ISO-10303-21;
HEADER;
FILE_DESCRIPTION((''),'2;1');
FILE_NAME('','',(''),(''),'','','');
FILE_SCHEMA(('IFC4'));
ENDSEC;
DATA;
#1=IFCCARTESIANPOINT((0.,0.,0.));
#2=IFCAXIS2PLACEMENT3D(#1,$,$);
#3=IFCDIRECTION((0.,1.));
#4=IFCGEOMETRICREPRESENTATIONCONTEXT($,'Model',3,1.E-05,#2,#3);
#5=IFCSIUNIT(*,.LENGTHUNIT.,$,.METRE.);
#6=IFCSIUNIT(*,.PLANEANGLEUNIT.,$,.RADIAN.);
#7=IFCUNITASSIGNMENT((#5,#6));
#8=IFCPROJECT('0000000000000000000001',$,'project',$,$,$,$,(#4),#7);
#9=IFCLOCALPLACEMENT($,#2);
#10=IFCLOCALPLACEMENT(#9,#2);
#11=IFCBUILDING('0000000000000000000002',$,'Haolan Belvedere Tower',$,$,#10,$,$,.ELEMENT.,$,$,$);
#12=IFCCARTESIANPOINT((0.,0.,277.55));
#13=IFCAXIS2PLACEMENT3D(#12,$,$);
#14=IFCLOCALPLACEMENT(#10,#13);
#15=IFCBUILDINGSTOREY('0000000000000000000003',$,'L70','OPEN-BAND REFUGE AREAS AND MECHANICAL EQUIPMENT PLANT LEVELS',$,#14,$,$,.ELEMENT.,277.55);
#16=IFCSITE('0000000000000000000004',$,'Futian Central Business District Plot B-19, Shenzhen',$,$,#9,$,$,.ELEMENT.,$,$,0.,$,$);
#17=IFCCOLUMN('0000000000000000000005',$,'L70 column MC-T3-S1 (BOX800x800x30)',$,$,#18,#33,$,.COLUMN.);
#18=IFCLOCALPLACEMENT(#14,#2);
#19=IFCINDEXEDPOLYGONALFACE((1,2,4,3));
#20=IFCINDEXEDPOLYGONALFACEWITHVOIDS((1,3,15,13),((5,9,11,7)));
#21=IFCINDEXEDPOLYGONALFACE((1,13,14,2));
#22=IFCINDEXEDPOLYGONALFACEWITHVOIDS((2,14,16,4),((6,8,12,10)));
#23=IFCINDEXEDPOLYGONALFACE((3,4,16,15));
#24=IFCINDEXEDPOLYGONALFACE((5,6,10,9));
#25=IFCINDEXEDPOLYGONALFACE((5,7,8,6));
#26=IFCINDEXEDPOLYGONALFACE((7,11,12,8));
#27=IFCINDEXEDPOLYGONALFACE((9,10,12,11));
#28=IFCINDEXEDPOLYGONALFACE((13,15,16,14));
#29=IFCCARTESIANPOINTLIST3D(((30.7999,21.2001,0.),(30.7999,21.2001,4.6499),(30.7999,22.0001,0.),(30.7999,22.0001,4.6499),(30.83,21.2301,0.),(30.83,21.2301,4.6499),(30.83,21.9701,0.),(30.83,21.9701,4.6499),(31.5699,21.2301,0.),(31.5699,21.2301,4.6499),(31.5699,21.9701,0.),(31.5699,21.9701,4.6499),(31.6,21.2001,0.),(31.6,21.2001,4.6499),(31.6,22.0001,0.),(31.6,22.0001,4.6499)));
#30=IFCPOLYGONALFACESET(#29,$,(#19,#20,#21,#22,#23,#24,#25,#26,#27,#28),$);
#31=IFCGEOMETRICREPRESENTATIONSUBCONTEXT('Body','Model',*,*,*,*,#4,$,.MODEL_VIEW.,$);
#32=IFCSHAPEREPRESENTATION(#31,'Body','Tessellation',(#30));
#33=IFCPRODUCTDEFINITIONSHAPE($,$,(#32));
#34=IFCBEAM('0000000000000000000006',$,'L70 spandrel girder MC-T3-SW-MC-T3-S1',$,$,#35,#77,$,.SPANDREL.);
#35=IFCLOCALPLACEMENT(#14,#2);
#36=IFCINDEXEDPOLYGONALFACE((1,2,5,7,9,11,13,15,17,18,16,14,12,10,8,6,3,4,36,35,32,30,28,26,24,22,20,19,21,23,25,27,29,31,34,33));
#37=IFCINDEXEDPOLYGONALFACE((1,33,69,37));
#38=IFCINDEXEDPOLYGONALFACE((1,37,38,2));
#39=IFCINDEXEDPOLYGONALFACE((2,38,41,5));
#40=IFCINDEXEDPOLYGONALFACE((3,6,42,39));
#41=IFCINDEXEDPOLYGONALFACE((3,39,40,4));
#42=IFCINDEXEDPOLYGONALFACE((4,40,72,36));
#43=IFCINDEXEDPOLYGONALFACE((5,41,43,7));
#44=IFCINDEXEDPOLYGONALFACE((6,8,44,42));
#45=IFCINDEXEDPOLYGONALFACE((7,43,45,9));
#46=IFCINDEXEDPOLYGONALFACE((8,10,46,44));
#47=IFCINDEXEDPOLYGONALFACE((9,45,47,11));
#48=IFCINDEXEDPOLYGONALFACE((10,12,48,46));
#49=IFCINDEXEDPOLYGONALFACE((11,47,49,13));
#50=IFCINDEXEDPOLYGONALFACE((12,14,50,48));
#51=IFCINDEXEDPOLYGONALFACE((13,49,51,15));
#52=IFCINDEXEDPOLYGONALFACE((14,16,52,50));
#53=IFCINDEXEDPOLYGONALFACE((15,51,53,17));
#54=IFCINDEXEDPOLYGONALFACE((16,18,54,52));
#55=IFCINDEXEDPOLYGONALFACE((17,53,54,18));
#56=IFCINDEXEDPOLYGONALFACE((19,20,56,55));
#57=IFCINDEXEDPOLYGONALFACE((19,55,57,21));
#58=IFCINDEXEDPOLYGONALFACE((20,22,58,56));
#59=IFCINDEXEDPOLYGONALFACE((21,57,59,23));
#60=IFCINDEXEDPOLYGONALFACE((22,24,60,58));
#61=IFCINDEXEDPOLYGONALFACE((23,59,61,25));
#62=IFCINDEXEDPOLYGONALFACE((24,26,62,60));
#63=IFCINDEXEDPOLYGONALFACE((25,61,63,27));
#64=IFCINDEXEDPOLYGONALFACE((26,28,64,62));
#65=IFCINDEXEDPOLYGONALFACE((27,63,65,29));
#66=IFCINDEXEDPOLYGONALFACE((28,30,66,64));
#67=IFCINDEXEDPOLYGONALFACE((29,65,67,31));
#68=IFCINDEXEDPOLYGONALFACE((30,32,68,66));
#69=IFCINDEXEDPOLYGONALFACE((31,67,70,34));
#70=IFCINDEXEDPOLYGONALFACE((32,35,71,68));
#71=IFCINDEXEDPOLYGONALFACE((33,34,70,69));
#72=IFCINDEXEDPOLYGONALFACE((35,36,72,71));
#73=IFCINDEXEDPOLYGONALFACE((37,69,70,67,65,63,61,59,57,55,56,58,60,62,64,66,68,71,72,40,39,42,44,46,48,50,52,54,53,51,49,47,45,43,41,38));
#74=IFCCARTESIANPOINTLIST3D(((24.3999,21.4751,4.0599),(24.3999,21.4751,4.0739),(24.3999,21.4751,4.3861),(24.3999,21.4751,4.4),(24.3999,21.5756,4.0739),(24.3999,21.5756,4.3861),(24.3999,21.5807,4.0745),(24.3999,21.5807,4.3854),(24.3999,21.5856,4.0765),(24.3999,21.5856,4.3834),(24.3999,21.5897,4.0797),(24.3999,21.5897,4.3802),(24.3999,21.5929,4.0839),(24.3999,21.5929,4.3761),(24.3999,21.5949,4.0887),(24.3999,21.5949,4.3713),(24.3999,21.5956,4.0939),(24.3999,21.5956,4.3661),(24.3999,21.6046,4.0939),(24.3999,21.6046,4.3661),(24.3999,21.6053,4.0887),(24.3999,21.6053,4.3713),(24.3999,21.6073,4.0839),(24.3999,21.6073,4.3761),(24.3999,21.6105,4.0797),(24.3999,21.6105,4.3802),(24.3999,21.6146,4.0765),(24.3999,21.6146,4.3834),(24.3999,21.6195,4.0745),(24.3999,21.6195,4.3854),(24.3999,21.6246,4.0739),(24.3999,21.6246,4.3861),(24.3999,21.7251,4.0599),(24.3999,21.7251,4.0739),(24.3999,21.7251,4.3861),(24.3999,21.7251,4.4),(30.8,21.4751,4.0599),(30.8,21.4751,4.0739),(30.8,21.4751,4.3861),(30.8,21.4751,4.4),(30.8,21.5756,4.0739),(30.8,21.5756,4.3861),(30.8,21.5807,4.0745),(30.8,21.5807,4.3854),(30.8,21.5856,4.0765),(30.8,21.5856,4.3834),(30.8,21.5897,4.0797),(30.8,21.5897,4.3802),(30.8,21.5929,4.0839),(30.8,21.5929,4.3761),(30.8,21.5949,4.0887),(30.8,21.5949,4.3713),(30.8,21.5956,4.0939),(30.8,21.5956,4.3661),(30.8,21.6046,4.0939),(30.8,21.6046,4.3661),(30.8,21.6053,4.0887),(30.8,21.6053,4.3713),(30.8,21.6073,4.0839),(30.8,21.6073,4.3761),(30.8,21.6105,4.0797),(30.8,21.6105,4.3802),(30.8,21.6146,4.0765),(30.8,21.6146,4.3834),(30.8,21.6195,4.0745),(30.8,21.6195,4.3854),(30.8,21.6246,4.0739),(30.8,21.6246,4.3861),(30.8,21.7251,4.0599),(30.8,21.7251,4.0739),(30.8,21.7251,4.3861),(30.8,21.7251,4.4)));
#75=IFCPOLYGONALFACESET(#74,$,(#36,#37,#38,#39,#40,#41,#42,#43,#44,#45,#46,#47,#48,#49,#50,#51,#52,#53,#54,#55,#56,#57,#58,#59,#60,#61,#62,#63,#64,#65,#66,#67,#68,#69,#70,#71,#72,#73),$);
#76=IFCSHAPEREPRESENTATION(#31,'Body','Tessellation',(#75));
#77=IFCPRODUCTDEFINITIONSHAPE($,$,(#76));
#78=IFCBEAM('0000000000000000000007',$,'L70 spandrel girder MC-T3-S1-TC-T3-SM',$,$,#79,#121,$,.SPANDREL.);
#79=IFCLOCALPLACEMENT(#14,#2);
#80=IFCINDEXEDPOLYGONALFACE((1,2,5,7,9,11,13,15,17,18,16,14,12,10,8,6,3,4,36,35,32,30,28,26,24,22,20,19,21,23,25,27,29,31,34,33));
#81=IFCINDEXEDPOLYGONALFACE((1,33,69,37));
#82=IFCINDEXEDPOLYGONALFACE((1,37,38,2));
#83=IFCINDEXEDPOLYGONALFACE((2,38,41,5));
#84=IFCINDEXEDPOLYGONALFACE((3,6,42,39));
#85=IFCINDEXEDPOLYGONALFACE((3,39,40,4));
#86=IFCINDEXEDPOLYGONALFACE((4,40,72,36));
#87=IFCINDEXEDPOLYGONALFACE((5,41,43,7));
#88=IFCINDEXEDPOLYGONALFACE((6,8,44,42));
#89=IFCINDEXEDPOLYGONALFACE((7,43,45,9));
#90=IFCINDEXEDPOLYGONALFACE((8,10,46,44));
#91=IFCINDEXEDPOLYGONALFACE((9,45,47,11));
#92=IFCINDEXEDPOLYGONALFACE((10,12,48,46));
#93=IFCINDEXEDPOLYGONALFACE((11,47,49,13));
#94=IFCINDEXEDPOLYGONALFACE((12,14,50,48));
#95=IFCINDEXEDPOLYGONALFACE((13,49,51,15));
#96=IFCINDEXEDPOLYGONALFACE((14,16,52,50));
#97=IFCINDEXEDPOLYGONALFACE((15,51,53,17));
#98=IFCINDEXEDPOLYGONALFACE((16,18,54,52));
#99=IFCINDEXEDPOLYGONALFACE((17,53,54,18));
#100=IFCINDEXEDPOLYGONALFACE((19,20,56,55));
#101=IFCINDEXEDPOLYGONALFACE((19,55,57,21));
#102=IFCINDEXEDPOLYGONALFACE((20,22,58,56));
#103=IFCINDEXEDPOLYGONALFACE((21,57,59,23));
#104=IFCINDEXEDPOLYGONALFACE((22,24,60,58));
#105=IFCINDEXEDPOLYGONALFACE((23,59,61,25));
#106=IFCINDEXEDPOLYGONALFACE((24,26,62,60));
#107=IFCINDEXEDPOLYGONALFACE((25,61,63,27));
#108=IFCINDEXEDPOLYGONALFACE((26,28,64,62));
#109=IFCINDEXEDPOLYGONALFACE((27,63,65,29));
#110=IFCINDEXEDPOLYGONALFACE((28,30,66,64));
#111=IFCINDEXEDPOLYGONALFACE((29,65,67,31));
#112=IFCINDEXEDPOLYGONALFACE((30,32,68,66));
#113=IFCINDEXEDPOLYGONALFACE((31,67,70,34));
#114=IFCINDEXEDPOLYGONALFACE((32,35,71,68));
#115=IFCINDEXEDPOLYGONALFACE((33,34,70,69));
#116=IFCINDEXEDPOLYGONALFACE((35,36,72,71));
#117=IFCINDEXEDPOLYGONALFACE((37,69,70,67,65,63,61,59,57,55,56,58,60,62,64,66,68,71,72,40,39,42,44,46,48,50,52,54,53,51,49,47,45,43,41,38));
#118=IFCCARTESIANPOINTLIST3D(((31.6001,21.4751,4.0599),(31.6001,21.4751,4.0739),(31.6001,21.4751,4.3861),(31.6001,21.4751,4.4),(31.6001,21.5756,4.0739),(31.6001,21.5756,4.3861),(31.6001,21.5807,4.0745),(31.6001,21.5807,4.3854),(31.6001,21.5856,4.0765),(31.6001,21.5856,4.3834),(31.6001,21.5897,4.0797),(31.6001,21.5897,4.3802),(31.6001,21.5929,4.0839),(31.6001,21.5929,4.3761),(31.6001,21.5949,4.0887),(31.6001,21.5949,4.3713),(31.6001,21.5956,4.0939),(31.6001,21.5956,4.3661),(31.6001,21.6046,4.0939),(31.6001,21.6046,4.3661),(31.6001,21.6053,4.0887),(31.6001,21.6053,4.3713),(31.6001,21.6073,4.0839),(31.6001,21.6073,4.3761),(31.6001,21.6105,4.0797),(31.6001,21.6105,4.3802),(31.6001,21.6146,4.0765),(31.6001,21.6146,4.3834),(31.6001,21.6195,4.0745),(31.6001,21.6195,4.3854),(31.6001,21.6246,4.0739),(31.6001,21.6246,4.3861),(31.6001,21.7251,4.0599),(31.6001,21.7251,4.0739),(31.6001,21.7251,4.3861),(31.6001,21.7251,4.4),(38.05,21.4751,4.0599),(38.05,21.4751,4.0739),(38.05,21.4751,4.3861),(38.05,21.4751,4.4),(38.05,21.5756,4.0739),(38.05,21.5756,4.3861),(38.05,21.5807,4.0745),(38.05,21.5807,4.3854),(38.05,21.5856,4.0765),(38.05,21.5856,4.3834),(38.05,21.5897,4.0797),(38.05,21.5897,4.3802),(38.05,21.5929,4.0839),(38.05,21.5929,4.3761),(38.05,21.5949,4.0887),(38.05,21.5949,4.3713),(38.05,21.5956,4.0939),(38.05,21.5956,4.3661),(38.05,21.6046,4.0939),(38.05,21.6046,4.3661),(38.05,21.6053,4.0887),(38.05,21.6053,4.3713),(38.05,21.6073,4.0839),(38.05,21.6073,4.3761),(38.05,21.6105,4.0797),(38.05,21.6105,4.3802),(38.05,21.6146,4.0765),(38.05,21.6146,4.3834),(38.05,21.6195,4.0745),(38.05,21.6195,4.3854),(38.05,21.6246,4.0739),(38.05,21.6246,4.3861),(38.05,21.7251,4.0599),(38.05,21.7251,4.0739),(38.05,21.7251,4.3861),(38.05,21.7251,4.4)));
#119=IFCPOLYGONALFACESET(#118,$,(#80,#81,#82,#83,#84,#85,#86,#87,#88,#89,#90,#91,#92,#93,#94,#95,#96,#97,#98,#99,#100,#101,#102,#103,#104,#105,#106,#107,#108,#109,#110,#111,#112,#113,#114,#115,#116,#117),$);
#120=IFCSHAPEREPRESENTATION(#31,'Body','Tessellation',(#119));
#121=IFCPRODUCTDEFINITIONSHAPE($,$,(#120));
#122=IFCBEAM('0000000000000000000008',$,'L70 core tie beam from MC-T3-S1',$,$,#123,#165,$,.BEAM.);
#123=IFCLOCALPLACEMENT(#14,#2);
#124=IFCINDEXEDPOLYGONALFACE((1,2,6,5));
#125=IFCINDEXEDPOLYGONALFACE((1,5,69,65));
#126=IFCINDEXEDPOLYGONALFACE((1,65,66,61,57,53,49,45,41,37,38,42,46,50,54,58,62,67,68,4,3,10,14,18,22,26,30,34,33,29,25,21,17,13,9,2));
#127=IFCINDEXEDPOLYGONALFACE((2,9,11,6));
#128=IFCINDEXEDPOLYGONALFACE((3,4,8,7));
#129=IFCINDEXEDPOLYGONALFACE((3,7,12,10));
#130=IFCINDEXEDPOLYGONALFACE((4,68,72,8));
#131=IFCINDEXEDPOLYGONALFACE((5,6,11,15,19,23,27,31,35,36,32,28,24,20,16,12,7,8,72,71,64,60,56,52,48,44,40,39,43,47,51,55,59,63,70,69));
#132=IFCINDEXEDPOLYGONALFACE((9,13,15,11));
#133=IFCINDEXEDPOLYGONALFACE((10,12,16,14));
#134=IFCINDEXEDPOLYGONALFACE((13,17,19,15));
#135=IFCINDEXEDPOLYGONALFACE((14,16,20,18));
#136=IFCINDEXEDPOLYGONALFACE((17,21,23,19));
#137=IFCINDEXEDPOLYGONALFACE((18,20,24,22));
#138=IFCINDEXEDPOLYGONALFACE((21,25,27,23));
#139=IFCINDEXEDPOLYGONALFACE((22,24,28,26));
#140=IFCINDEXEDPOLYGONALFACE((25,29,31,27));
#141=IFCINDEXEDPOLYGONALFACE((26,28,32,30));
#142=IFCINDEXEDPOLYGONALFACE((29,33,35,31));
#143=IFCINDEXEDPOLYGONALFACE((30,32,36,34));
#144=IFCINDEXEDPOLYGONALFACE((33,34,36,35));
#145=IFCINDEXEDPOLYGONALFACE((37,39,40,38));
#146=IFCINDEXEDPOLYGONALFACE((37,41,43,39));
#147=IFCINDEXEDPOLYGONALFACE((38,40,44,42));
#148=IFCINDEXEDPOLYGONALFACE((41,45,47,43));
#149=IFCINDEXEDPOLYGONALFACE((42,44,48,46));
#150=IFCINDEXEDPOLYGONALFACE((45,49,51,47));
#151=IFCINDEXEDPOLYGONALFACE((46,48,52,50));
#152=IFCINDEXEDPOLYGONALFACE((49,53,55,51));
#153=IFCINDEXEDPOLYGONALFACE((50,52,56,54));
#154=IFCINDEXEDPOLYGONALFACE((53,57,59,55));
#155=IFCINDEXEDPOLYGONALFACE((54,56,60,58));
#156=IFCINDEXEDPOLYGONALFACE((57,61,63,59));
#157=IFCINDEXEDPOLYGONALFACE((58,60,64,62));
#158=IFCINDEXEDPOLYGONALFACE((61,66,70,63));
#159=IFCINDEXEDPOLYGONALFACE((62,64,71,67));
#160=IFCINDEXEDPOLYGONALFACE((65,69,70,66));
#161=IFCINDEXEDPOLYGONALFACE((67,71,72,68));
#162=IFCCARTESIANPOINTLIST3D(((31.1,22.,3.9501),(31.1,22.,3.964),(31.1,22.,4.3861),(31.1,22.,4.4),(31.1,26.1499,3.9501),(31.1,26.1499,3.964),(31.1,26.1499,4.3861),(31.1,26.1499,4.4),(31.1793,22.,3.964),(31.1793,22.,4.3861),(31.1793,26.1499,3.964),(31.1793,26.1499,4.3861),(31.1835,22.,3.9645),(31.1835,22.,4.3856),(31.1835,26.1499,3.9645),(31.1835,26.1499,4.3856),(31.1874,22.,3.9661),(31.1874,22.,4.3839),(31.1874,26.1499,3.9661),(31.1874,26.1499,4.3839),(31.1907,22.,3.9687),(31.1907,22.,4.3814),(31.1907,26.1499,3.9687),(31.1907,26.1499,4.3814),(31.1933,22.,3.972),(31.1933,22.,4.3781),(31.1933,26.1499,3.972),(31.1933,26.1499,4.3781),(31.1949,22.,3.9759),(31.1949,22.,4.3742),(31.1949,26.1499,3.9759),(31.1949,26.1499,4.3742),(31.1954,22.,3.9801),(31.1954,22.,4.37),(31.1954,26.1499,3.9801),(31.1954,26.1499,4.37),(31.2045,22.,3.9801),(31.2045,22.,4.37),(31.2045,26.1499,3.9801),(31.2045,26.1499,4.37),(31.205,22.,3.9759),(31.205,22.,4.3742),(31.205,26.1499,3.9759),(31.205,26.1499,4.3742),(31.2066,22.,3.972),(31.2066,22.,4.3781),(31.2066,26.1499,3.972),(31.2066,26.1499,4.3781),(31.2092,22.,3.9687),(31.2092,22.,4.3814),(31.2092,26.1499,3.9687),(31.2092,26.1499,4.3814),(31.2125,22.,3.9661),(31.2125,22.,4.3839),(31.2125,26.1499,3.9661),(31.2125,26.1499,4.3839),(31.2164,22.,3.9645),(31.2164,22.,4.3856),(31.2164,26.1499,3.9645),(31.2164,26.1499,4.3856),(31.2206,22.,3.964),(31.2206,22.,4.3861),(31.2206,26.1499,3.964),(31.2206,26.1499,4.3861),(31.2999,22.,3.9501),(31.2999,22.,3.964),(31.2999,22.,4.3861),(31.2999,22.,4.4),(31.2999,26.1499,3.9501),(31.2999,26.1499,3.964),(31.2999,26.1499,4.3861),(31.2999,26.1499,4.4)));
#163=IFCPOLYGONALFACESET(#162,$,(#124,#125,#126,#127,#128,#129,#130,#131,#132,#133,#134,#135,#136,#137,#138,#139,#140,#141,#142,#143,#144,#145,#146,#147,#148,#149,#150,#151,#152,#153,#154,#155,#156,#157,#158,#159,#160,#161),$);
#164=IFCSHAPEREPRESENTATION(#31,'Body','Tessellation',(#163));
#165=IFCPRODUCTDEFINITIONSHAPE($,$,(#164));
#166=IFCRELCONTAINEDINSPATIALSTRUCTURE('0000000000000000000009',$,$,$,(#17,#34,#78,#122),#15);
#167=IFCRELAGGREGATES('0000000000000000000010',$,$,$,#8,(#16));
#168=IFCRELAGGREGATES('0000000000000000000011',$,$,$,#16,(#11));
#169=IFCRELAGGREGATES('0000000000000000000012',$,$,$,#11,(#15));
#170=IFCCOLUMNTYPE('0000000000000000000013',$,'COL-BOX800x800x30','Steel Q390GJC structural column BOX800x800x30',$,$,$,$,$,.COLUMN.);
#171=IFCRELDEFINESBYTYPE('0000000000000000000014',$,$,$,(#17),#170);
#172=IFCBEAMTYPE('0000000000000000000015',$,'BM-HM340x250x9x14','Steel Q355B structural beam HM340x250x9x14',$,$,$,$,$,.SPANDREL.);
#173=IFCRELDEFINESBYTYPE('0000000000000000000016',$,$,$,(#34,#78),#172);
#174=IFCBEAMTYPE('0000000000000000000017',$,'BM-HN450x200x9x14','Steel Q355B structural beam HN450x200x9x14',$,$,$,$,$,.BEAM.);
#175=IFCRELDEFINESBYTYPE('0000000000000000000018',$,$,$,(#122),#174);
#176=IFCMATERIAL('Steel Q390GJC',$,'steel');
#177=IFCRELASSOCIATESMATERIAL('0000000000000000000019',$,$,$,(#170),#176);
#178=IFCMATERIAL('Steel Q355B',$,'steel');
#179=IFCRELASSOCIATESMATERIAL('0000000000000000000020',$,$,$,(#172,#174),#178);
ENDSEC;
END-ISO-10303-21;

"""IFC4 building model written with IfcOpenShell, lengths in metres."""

from ifc_helpers import new_model, si_unit, direction, frame, origin, origin_2d, place, context, subcontext, project, spatial, hollow_rectangle, i_section, extrude, material, material_profile, profile_set, type_object, element, save


model = new_model("IFC4")

# Units and contexts
model_context = context("Model", 3, precision=1e-05, world=origin(), true_north=direction((0.0, 1.0)))
body_context = subcontext(model_context, "Body", "Model", "MODEL_VIEW")
ifc_project = project(units=[si_unit("LENGTHUNIT", "METRE"), si_unit("PLANEANGLEUNIT", "RADIAN")], contexts=[model_context])

# Site, building, storey
site_placement = place(None, origin())
site = spatial("IfcSite", under=ifc_project, at=site_placement, Name="Futian Central Business District Plot B-19, Shenzhen", CompositionType="ELEMENT", RefElevation=0.0)
building_placement = place(site_placement, origin())
building = spatial("IfcBuilding", under=site, at=building_placement, Name="Haolan Belvedere Tower", CompositionType="ELEMENT")
storey_placement = place(building_placement, frame((0.0, 0.0, 277.55)))
storey = spatial("IfcBuildingStorey", under=building, at=storey_placement, Name="L70", Description="OPEN-BAND REFUGE AREAS AND MECHANICAL EQUIPMENT PLANT LEVELS", CompositionType="ELEMENT", Elevation=277.55)

# Column
ifc_material_1 = material(Name="Steel Q390GJC", Category="steel")
ifc_material_profile_1 = material_profile(ifc_material_1, hollow_rectangle(XDim=0.8, YDim=0.8, WallThickness=0.03, at=origin_2d()), Name="Steel Q390GJC")
ifc_profile_set_1 = profile_set([ifc_material_profile_1], Name="Steel Q390GJC")
column_type = type_object("IfcColumnType", Name="COL-BOX800x800x30", Description="Steel Q390GJC structural column BOX800x800x30", PredefinedType="COLUMN", material=ifc_profile_set_1)
column_placement = place(storey_placement, frame((31.2, 21.6001, 0.0), z_axis=(0.0, 0.0, 1.0), x_axis=(1.0, 0.0, 0.0)))
element("IfcColumn", 1, at=column_placement, inside=storey, type_object=column_type, Name="L70 column MC-T3-S1 (BOX800x800x30)", PredefinedType="COLUMN", context=body_context, shape_type="SweptSolid", body=[
    extrude(hollow_rectangle(XDim=0.8, YDim=0.8, WallThickness=0.03, at=origin_2d()), origin(), (0.0, 0.0, 1.0), 4.6499),
])

# Beams
ifc_material_2 = material(Name="Steel Q355B", Category="steel")
ifc_material_profile_2 = material_profile(ifc_material_2, i_section(OverallWidth=0.25, OverallDepth=0.3401, WebThickness=0.009, FlangeThickness=0.0139, FilletRadius=0.02, at=origin_2d()), Name="Steel Q355B")
ifc_profile_set_2 = profile_set([ifc_material_profile_2], Name="Steel Q355B")
beam_type_1 = type_object("IfcBeamType", Name="BM-HM340x250x9x14", Description="Steel Q355B structural beam HM340x250x9x14", PredefinedType="SPANDREL", material=ifc_profile_set_2)
beam_1_placement = place(storey_placement, frame((24.3999, 21.6001, 4.23), z_axis=(1.0, 0.0, 0.0), x_axis=(0.0, 1.0, 0.0)))
element("IfcBeam", 2, at=beam_1_placement, inside=storey, type_object=beam_type_1, Name="L70 spandrel girder MC-T3-SW-MC-T3-S1", PredefinedType="SPANDREL", context=body_context, shape_type="SweptSolid", body=[
    extrude(i_section(OverallWidth=0.25, OverallDepth=0.3401, WebThickness=0.009, FlangeThickness=0.0139, FilletRadius=0.02, at=origin_2d()), origin(), (0.0, 0.0, 1.0), 6.4001),
])
beam_2_placement = place(storey_placement, frame((31.6001, 21.6001, 4.23), z_axis=(1.0, 0.0, 0.0), x_axis=(0.0, 1.0, 0.0)))
element("IfcBeam", 3, at=beam_2_placement, inside=storey, type_object=beam_type_1, Name="L70 spandrel girder MC-T3-S1-TC-T3-SM", PredefinedType="SPANDREL", context=body_context, shape_type="SweptSolid", body=[
    extrude(i_section(OverallWidth=0.25, OverallDepth=0.3401, WebThickness=0.009, FlangeThickness=0.0139, FilletRadius=0.02, at=origin_2d()), origin(), (0.0, 0.0, 1.0), 6.45),
])
ifc_material_profile_3 = material_profile(ifc_material_2, i_section(OverallWidth=0.2, OverallDepth=0.45, WebThickness=0.009, FlangeThickness=0.0139, FilletRadius=0.0161, at=origin_2d()), Name="Steel Q355B")
ifc_profile_set_3 = profile_set([ifc_material_profile_3], Name="Steel Q355B")
beam_type_2 = type_object("IfcBeamType", Name="BM-HN450x200x9x14", Description="Steel Q355B structural beam HN450x200x9x14", PredefinedType="BEAM", material=ifc_profile_set_3)
beam_3_placement = place(storey_placement, frame((31.2, 22.0, 4.175), z_axis=(0.0, 1.0, 0.0), x_axis=(-1.0, 0.0, 0.0)))
element("IfcBeam", 4, at=beam_3_placement, inside=storey, type_object=beam_type_2, Name="L70 core tie beam from MC-T3-S1", PredefinedType="BEAM", context=body_context, shape_type="SweptSolid", body=[
    extrude(i_section(OverallWidth=0.2, OverallDepth=0.45, WebThickness=0.009, FlangeThickness=0.0139, FilletRadius=0.0161, at=origin_2d()), origin(), (0.0, 0.0, 1.0), 4.1499),
])

save(model, "model.ifc")
